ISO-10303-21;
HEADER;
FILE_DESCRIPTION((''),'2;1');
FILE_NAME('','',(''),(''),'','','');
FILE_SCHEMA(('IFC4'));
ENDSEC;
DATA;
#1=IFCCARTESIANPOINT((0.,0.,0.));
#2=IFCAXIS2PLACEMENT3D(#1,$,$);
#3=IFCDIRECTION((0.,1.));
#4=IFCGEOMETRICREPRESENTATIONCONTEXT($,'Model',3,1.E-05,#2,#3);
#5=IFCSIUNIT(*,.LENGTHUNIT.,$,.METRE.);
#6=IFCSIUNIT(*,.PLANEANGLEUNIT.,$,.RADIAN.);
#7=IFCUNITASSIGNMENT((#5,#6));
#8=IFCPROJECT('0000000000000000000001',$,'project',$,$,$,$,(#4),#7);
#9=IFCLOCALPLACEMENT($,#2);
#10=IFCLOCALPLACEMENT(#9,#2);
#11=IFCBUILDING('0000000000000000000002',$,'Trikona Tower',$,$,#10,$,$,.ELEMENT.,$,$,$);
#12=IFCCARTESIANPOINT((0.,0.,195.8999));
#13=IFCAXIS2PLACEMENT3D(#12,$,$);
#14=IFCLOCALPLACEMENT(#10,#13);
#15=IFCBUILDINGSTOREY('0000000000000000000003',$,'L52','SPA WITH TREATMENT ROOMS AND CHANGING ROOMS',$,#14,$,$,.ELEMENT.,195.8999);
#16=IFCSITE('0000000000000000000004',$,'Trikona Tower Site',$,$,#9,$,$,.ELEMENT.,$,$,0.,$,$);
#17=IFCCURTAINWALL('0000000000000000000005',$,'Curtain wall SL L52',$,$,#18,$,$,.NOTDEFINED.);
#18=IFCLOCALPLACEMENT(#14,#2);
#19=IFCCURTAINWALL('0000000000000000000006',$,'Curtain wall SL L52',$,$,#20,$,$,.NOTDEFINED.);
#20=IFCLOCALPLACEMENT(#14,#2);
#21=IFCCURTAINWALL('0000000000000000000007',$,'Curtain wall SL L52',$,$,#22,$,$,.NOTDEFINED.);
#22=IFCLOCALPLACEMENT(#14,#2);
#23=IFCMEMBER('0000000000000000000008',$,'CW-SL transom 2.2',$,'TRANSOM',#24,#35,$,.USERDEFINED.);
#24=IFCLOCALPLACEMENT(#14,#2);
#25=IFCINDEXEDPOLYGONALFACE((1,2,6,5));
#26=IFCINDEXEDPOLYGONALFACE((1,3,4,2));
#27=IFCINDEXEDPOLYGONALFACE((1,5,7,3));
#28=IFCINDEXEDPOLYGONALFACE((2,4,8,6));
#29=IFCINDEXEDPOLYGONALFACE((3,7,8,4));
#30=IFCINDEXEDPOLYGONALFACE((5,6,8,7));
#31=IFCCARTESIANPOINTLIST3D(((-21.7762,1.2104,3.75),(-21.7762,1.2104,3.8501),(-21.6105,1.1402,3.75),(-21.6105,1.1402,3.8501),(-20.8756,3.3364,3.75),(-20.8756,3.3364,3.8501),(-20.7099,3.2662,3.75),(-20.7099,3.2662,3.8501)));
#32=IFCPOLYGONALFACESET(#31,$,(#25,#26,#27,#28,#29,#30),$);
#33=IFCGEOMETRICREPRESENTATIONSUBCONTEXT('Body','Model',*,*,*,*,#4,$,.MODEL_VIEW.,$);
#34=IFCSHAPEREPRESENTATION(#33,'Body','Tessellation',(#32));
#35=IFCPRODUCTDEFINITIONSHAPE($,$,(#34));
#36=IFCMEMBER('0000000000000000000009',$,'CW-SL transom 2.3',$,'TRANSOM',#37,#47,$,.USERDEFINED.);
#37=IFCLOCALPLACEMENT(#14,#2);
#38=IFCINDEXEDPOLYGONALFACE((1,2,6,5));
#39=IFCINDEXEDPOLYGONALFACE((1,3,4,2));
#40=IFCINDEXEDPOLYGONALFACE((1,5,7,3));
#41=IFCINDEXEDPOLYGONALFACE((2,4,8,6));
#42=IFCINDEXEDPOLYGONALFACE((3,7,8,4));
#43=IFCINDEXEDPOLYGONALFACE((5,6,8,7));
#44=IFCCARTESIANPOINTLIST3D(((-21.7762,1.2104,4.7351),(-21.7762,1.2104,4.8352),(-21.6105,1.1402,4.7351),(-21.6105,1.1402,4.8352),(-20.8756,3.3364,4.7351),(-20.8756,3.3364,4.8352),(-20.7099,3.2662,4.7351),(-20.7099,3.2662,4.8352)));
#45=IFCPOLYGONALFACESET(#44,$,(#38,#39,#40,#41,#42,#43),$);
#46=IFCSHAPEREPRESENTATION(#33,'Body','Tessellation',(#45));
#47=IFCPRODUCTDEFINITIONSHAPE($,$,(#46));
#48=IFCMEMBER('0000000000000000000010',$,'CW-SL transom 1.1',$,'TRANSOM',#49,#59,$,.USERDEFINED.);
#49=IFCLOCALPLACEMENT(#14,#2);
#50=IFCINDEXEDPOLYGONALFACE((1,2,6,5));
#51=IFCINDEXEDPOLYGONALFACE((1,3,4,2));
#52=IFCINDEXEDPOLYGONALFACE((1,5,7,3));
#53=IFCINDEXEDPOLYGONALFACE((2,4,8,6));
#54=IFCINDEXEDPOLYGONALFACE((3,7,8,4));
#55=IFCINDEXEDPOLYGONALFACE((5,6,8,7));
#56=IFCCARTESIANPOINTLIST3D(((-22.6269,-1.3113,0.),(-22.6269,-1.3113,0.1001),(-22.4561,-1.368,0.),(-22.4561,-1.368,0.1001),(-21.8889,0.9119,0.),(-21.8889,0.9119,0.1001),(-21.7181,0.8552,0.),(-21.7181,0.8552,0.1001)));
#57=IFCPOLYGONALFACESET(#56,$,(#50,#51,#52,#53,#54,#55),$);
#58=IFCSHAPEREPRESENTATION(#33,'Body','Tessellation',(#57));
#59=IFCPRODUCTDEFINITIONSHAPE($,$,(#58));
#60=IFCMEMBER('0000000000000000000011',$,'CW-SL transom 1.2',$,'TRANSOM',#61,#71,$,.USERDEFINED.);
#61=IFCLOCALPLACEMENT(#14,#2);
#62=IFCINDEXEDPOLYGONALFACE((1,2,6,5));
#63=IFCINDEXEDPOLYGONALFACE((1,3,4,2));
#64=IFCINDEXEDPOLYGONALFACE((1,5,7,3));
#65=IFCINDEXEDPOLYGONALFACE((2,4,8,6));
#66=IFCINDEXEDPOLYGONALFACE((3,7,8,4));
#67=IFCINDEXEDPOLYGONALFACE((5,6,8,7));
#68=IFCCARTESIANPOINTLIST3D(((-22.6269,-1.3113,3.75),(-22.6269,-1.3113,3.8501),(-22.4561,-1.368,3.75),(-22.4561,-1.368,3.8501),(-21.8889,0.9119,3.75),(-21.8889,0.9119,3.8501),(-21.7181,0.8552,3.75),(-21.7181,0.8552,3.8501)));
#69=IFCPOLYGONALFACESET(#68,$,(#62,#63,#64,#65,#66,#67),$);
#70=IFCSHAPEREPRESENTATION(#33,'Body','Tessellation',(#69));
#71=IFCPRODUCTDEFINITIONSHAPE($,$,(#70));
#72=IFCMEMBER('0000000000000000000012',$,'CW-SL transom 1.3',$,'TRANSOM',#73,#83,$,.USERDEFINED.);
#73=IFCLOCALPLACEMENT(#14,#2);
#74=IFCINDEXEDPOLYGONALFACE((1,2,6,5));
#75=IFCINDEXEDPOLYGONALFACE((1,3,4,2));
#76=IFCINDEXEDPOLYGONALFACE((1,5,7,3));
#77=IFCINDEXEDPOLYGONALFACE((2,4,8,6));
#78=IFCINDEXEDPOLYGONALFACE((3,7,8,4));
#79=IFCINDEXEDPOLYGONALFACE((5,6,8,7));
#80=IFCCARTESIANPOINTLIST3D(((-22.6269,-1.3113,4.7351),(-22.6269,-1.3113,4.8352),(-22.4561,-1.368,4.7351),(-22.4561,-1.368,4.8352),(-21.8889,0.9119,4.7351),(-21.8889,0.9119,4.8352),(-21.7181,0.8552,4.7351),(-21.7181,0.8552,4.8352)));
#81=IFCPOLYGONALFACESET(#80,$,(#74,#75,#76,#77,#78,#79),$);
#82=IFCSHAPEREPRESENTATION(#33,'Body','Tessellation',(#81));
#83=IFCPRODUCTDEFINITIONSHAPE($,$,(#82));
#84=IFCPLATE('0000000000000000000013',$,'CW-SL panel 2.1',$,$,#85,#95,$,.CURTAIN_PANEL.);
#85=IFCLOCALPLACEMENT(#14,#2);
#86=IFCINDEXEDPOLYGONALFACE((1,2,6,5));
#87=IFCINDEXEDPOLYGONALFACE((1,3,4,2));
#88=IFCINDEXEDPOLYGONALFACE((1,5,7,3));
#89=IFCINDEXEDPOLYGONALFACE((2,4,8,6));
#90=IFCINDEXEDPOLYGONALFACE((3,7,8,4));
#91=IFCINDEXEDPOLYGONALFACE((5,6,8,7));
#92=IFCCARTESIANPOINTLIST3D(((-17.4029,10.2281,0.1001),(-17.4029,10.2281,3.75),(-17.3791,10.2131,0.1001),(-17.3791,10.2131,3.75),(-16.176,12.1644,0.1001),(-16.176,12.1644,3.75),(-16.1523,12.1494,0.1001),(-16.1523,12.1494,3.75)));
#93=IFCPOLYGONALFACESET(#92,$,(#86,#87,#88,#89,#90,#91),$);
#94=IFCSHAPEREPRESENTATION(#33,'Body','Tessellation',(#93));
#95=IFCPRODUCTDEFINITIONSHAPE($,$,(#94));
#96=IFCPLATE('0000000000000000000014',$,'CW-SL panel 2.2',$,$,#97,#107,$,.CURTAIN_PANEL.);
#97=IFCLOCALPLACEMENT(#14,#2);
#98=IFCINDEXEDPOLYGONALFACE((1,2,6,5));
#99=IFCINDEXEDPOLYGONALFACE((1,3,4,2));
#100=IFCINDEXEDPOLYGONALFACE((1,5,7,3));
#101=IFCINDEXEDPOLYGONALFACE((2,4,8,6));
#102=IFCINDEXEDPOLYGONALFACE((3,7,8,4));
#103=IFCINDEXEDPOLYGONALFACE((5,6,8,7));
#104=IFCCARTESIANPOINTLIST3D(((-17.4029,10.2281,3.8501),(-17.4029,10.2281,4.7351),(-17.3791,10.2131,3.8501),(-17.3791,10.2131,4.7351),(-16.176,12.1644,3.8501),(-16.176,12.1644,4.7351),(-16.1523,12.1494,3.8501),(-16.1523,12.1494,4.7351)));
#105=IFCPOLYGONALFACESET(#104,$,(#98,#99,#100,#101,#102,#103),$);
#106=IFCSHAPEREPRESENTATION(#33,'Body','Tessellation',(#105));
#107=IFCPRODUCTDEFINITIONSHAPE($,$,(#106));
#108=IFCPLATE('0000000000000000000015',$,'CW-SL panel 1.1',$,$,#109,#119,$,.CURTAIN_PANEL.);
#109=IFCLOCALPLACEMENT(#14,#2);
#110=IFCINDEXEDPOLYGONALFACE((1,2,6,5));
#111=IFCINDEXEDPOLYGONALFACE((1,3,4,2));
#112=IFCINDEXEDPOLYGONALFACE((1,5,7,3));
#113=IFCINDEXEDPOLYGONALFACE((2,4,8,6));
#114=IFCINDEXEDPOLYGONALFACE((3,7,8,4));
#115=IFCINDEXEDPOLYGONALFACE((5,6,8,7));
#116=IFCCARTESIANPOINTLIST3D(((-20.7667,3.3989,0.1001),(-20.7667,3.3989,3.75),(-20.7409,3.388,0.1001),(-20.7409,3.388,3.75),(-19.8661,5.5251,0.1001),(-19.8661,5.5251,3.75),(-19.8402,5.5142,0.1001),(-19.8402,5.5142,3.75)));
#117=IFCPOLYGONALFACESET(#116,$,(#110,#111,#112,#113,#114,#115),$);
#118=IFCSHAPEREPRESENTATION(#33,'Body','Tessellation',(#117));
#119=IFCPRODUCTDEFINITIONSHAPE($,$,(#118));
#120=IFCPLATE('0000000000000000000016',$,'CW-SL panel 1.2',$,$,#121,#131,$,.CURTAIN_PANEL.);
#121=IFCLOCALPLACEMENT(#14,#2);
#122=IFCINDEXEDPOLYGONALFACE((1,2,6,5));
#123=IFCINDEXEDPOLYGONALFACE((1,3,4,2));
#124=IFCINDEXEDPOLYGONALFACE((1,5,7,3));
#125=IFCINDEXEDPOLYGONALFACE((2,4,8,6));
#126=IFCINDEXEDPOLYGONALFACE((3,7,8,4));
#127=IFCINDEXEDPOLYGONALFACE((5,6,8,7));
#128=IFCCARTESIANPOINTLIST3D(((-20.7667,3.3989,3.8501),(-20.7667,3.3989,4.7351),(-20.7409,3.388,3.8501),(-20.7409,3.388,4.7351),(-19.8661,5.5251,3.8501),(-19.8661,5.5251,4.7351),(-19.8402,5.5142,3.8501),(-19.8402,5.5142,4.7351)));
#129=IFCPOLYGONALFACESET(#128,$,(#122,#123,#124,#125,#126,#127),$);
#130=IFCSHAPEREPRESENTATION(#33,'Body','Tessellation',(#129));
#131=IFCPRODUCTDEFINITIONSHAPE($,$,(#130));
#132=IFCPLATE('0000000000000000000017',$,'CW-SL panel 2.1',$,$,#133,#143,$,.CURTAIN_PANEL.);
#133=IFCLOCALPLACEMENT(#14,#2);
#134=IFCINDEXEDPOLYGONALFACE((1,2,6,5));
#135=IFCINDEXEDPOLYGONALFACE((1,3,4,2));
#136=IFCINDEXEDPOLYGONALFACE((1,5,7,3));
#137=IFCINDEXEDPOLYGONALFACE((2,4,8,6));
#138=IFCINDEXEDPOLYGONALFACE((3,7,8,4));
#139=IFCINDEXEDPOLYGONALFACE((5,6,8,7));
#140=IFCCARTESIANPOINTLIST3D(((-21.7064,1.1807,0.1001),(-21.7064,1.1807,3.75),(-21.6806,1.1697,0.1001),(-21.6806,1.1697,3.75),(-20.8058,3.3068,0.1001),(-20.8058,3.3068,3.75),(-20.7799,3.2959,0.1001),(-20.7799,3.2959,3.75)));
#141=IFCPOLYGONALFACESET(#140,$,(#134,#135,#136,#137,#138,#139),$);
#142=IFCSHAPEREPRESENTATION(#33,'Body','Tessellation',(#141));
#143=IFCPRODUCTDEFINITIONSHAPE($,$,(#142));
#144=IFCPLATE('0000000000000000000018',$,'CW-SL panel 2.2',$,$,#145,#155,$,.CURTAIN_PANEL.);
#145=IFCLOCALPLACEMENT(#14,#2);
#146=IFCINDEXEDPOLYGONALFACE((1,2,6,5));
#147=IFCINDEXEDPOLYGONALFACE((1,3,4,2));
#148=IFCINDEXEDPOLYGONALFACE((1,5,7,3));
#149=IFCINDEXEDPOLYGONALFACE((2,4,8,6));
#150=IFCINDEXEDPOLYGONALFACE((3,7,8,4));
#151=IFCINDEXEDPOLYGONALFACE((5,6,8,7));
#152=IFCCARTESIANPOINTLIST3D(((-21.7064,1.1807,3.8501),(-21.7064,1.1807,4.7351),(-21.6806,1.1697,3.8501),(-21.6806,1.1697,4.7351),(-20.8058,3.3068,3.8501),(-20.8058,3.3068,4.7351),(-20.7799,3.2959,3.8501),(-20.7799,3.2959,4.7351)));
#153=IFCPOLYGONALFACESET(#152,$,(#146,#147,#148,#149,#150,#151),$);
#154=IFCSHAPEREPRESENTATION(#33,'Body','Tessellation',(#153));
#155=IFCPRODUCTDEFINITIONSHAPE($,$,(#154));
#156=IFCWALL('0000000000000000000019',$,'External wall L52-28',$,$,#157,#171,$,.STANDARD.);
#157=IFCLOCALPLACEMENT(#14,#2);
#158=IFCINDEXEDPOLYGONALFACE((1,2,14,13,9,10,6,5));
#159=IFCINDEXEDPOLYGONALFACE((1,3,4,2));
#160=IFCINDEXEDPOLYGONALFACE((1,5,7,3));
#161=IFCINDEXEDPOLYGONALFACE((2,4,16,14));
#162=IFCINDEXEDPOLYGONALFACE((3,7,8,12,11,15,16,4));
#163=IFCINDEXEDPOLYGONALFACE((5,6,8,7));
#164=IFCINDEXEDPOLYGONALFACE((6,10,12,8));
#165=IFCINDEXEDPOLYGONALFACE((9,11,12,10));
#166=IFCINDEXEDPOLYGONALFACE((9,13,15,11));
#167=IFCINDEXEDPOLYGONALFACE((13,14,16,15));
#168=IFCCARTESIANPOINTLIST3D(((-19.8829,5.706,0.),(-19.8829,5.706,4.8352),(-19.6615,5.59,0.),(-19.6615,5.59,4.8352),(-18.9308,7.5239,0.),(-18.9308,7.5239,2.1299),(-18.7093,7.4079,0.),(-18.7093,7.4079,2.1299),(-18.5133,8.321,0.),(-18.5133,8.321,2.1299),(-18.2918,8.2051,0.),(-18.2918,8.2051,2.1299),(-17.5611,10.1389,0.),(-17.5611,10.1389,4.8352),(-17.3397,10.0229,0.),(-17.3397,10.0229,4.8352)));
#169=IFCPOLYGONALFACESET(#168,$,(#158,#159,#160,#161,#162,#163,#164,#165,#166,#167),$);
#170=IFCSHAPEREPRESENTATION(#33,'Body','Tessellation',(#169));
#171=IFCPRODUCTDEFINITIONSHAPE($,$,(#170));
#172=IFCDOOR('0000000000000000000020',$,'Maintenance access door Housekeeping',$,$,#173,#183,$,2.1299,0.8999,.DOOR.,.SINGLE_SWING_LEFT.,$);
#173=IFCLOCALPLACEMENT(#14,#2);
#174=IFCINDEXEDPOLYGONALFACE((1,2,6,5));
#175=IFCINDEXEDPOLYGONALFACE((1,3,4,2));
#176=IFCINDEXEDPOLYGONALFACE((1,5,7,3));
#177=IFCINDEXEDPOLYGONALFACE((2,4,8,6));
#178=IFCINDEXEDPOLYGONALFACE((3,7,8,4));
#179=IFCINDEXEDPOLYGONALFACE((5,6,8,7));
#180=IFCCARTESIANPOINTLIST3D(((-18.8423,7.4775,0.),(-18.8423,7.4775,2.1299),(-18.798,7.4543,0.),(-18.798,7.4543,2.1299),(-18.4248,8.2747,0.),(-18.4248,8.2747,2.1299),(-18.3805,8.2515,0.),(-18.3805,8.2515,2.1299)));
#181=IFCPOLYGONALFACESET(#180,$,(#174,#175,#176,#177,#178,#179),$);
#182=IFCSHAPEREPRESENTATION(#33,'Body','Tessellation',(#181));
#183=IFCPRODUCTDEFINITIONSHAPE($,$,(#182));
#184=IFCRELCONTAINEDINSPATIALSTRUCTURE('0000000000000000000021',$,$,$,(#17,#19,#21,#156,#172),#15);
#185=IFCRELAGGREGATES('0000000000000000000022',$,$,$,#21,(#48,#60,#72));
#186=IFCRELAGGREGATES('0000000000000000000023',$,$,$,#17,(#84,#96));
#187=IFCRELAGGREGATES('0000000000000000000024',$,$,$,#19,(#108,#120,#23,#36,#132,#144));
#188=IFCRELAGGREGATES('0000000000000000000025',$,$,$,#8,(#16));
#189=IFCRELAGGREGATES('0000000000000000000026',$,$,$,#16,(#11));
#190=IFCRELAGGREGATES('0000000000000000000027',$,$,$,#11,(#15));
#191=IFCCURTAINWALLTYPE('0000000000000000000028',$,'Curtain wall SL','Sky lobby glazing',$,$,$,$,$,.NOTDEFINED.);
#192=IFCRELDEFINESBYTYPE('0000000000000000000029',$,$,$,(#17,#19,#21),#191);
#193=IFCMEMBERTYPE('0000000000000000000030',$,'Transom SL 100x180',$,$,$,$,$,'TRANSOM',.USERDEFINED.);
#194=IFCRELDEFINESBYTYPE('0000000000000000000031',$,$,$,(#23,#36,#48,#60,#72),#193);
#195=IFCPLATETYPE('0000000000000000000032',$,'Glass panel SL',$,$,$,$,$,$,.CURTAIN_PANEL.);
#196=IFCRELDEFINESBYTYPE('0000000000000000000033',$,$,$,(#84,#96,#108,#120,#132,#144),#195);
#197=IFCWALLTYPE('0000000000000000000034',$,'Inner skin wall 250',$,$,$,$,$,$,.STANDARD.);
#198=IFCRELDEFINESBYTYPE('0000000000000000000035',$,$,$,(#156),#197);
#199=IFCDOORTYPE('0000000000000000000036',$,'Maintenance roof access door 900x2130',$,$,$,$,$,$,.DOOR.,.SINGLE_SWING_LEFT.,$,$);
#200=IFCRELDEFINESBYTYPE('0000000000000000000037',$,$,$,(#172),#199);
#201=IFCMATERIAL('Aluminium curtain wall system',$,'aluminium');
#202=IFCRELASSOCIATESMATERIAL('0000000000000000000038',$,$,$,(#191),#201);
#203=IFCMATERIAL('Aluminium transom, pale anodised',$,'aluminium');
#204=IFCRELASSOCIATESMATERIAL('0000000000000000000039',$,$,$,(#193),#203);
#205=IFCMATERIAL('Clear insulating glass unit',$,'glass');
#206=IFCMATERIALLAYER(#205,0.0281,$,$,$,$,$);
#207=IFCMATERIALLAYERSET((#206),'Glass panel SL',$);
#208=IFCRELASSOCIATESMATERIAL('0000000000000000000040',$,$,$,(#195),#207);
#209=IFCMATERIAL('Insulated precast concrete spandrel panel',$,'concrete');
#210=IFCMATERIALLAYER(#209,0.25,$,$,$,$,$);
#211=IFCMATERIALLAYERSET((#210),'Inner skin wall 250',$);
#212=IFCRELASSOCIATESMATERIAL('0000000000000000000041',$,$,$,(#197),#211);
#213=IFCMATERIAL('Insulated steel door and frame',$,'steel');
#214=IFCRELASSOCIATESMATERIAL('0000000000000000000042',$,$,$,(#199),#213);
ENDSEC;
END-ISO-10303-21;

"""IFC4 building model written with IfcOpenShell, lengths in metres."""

from ifc_helpers import new_model, si_unit, direction, frame, frame_2d, origin, origin_2d, place, context, subcontext, project, spatial, rectangle, extrude, material, layer, layer_set, material_profile, profile_set, type_object, element, fill, aggregate, save


model = new_model("IFC4")

# Units and contexts
model_context = context("Model", 3, precision=1e-05, world=origin(), true_north=direction((0.0, 1.0)))
body_context = subcontext(model_context, "Body", "Model", "MODEL_VIEW")
ifc_project = project(units=[si_unit("LENGTHUNIT", "METRE"), si_unit("PLANEANGLEUNIT", "RADIAN")], contexts=[model_context])

# Site, building, storey
site_placement = place(None, origin())
site = spatial("IfcSite", under=ifc_project, at=site_placement, Name="Trikona Tower Site", CompositionType="ELEMENT", RefElevation=0.0)
building_placement = place(site_placement, origin())
building = spatial("IfcBuilding", under=site, at=building_placement, Name="Trikona Tower", CompositionType="ELEMENT")
storey_placement = place(building_placement, frame((0.0, 0.0, 195.8999)))
storey = spatial("IfcBuildingStorey", under=building, at=storey_placement, Name="L52", Description="SPA WITH TREATMENT ROOMS AND CHANGING ROOMS", CompositionType="ELEMENT", Elevation=195.8999)

# Curtain wall
ifc_material_1 = material(Name="Aluminium curtain wall system", Category="aluminium")
curtain_wall_type = type_object("IfcCurtainWallType", Name="Curtain wall SL", Description="Sky lobby glazing", PredefinedType="NOTDEFINED", material=ifc_material_1)
curtain_wall_1_placement = place(storey_placement, origin())
curtain_wall_1 = element("IfcCurtainWall", 1, at=curtain_wall_1_placement, inside=storey, type_object=curtain_wall_type, Name="Curtain wall SL L52", PredefinedType="NOTDEFINED")

# Curtain wall
curtain_wall_2_placement = place(storey_placement, origin())
curtain_wall_2 = element("IfcCurtainWall", 2, at=curtain_wall_2_placement, inside=storey, type_object=curtain_wall_type, Name="Curtain wall SL L52", PredefinedType="NOTDEFINED")

# Curtain wall
curtain_wall_3_placement = place(storey_placement, origin())
curtain_wall_3 = element("IfcCurtainWall", 3, at=curtain_wall_3_placement, inside=storey, type_object=curtain_wall_type, Name="Curtain wall SL L52", PredefinedType="NOTDEFINED")

# Members
ifc_material_2 = material(Name="Aluminium transom, pale anodised", Category="aluminium")
ifc_material_profile_1 = material_profile(ifc_material_2, rectangle(XDim=0.1799, YDim=0.1001, at=origin_2d()), Name="TRN-SL")
ifc_profile_set_1 = profile_set([ifc_material_profile_1], Name="Aluminium transom, pale anodised")
member_type_1 = type_object("IfcMemberType", Name="Transom SL 100x180", ElementType="TRANSOM", PredefinedType="USERDEFINED", material=ifc_profile_set_1)
member_1_placement = place(storey_placement, frame((-20.7927, 3.3013, 3.8), z_axis=(-0.390075, -0.920783, 0.0), x_axis=(0.920783, -0.390075, 0.0)))
member_1 = element("IfcMember", 4, at=member_1_placement, type_object=member_type_1, Name="CW-SL transom 2.2", ObjectType="TRANSOM", PredefinedType="USERDEFINED", context=body_context, shape_type="SweptSolid", body=[
    extrude(rectangle(XDim=0.1799, YDim=0.1001, at=origin_2d()), origin(), (0.0, 0.0, 1.0), 2.3088),
])
member_2_placement = place(storey_placement, frame((-20.7927, 3.3013, 4.7852), z_axis=(-0.390075, -0.920783, 0.0), x_axis=(0.920783, -0.390075, 0.0)))
member_2 = element("IfcMember", 5, at=member_2_placement, type_object=member_type_1, Name="CW-SL transom 2.3", ObjectType="TRANSOM", PredefinedType="USERDEFINED", context=body_context, shape_type="SweptSolid", body=[
    extrude(rectangle(XDim=0.1799, YDim=0.1001, at=origin_2d()), origin(), (0.0, 0.0, 1.0), 2.3088),
])
member_3_placement = place(storey_placement, frame((-21.8035, 0.8835, 0.05), z_axis=(-0.315071, -0.949068, 0.0), x_axis=(0.949068, -0.315071, 0.0)))
member_3 = element("IfcMember", 6, at=member_3_placement, type_object=member_type_1, Name="CW-SL transom 1.1", ObjectType="TRANSOM", PredefinedType="USERDEFINED", context=body_context, shape_type="SweptSolid", body=[
    extrude(rectangle(XDim=0.1799, YDim=0.1001, at=origin_2d()), origin(), (0.0, 0.0, 1.0), 2.3425),
])
member_4_placement = place(storey_placement, frame((-21.8035, 0.8835, 3.8), z_axis=(-0.315071, -0.949068, 0.0), x_axis=(0.949068, -0.315071, 0.0)))
member_4 = element("IfcMember", 7, at=member_4_placement, type_object=member_type_1, Name="CW-SL transom 1.2", ObjectType="TRANSOM", PredefinedType="USERDEFINED", context=body_context, shape_type="SweptSolid", body=[
    extrude(rectangle(XDim=0.1799, YDim=0.1001, at=origin_2d()), origin(), (0.0, 0.0, 1.0), 2.3425),
])
member_5_placement = place(storey_placement, frame((-21.8035, 0.8835, 4.7852), z_axis=(-0.315071, -0.949068, 0.0), x_axis=(0.949068, -0.315071, 0.0)))
member_5 = element("IfcMember", 8, at=member_5_placement, type_object=member_type_1, Name="CW-SL transom 1.3", ObjectType="TRANSOM", PredefinedType="USERDEFINED", context=body_context, shape_type="SweptSolid", body=[
    extrude(rectangle(XDim=0.1799, YDim=0.1001, at=origin_2d()), origin(), (0.0, 0.0, 1.0), 2.3425),
])
aggregate(curtain_wall_3, [member_3, member_4, member_5])

# Plates
ifc_material_3 = material(Name="Clear insulating glass unit", Category="glass")
ifc_layer_1 = layer(ifc_material_3, 0.0281)
ifc_layer_set_1 = layer_set([ifc_layer_1], Name="Glass panel SL")
plate_type = type_object("IfcPlateType", Name="Glass panel SL", PredefinedType="CURTAIN_PANEL", material=ifc_layer_set_1)
plate_1_placement = place(storey_placement, frame((-16.7776, 11.1887, 0.1001), z_axis=(0.0, 0.0, 1.0), x_axis=(-0.535212, -0.844718, 0.0)))
plate_1 = element("IfcPlate", 9, at=plate_1_placement, type_object=plate_type, Name="CW-SL panel 2.1", PredefinedType="CURTAIN_PANEL", context=body_context, shape_type="SweptSolid", body=[
    extrude(rectangle(XDim=2.2922, YDim=0.0281, at=origin_2d()), origin(), (0.0, 0.0, 1.0), 3.6499),
])
plate_2_placement = place(storey_placement, frame((-16.7776, 11.1887, 3.8501), z_axis=(0.0, 0.0, 1.0), x_axis=(-0.535212, -0.844718, 0.0)))
plate_2 = element("IfcPlate", 10, at=plate_2_placement, type_object=plate_type, Name="CW-SL panel 2.2", PredefinedType="CURTAIN_PANEL", context=body_context, shape_type="SweptSolid", body=[
    extrude(rectangle(XDim=2.2922, YDim=0.0281, at=origin_2d()), origin(), (0.0, 0.0, 1.0), 0.885),
])
aggregate(curtain_wall_1, [plate_1, plate_2])
plate_3_placement = place(storey_placement, frame((-20.3035, 4.4565, 0.1001), z_axis=(0.0, 0.0, 1.0), x_axis=(-0.390053, -0.920792, 0.0)))
plate_3 = element("IfcPlate", 11, at=plate_3_placement, type_object=plate_type, Name="CW-SL panel 1.1", PredefinedType="CURTAIN_PANEL", context=body_context, shape_type="SweptSolid", body=[
    extrude(rectangle(XDim=2.3091, YDim=0.0281, at=origin_2d()), origin(), (0.0, 0.0, 1.0), 3.6499),
])
plate_4_placement = place(storey_placement, frame((-20.3035, 4.4565, 3.8501), z_axis=(0.0, 0.0, 1.0), x_axis=(-0.390053, -0.920792, 0.0)))
plate_4 = element("IfcPlate", 12, at=plate_4_placement, type_object=plate_type, Name="CW-SL panel 1.2", PredefinedType="CURTAIN_PANEL", context=body_context, shape_type="SweptSolid", body=[
    extrude(rectangle(XDim=2.3091, YDim=0.0281, at=origin_2d()), origin(), (0.0, 0.0, 1.0), 0.885),
])
plate_5_placement = place(storey_placement, frame((-21.2432, 2.2383, 0.1001), z_axis=(0.0, 0.0, 1.0), x_axis=(-0.390053, -0.920792, 0.0)))
plate_5 = element("IfcPlate", 13, at=plate_5_placement, type_object=plate_type, Name="CW-SL panel 2.1", PredefinedType="CURTAIN_PANEL", context=body_context, shape_type="SweptSolid", body=[
    extrude(rectangle(XDim=2.3091, YDim=0.0281, at=origin_2d()), origin(), (0.0, 0.0, 1.0), 3.6499),
])
plate_6_placement = place(storey_placement, frame((-21.2432, 2.2383, 3.8501), z_axis=(0.0, 0.0, 1.0), x_axis=(-0.390053, -0.920792, 0.0)))
plate_6 = element("IfcPlate", 14, at=plate_6_placement, type_object=plate_type, Name="CW-SL panel 2.2", PredefinedType="CURTAIN_PANEL", context=body_context, shape_type="SweptSolid", body=[
    extrude(rectangle(XDim=2.3091, YDim=0.0281, at=origin_2d()), origin(), (0.0, 0.0, 1.0), 0.885),
])
aggregate(curtain_wall_2, [plate_3, plate_4, member_1, member_2, plate_5, plate_6])

# Wall, opening, door
ifc_material_4 = material(Name="Insulated precast concrete spandrel panel", Category="concrete")
ifc_layer_2 = layer(ifc_material_4, 0.25)
ifc_layer_set_2 = layer_set([ifc_layer_2], Name="Inner skin wall 250")
wall_type_1 = type_object("IfcWallType", Name="Inner skin wall 250", PredefinedType="STANDARD", material=ifc_layer_set_2)
wall_1_placement = place(storey_placement, frame((-17.4504, 10.0808, 0.0), z_axis=(0.0, 0.0, 1.0), x_axis=(-0.463976, -0.885848, 0.0)))
wall_1 = element("IfcWall", 15, at=wall_1_placement, inside=storey, type_object=wall_type_1, Name="External wall L52-28", PredefinedType="STANDARD", context=body_context, shape_type="SweptSolid", body=[
    extrude(rectangle(XDim=5.0042, YDim=0.25, at=frame_2d((2.502, 0.0))), origin(), (0.0, 0.0, 1.0), 4.8352),
])
opening_placement = place(wall_1_placement, frame((2.052, 0.0, 0.0)))
opening = element("IfcOpeningElement", 16, at=opening_placement, cuts=wall_1, PredefinedType="OPENING", context=body_context, shape_type="SweptSolid", body=[
    extrude(rectangle(XDim=0.8999, YDim=2.1299, at=frame_2d((0.45, 1.0649))), frame((0.0, 0.135, 0.0), z_axis=(0.0, -1.0, 0.0), x_axis=(1.0, 0.0, 0.0)), (0.0, 0.0, 1.0), 0.27),
])
ifc_material_5 = material(Name="Insulated steel door and frame", Category="steel")
door_type = type_object("IfcDoorType", Name="Maintenance roof access door 900x2130", OperationType="SINGLE_SWING_LEFT", PredefinedType="DOOR", material=ifc_material_5)
door_placement = place(opening_placement, origin())
door = element("IfcDoor", 17, at=door_placement, inside=storey, type_object=door_type, Name="Maintenance access door Housekeeping", OperationType="SINGLE_SWING_LEFT", OverallHeight=2.1299, OverallWidth=0.8999, PredefinedType="DOOR", context=body_context, shape_type="SweptSolid", body=[
    extrude(rectangle(XDim=0.8999, YDim=2.1299, at=frame_2d((0.45, 1.0649))), frame((0.0, 0.0249, 0.0), z_axis=(0.0, -1.0, 0.0), x_axis=(1.0, 0.0, 0.0)), (0.0, 0.0, 1.0), 0.05),
])
fill(opening, door)

save(model, "model.ifc")
